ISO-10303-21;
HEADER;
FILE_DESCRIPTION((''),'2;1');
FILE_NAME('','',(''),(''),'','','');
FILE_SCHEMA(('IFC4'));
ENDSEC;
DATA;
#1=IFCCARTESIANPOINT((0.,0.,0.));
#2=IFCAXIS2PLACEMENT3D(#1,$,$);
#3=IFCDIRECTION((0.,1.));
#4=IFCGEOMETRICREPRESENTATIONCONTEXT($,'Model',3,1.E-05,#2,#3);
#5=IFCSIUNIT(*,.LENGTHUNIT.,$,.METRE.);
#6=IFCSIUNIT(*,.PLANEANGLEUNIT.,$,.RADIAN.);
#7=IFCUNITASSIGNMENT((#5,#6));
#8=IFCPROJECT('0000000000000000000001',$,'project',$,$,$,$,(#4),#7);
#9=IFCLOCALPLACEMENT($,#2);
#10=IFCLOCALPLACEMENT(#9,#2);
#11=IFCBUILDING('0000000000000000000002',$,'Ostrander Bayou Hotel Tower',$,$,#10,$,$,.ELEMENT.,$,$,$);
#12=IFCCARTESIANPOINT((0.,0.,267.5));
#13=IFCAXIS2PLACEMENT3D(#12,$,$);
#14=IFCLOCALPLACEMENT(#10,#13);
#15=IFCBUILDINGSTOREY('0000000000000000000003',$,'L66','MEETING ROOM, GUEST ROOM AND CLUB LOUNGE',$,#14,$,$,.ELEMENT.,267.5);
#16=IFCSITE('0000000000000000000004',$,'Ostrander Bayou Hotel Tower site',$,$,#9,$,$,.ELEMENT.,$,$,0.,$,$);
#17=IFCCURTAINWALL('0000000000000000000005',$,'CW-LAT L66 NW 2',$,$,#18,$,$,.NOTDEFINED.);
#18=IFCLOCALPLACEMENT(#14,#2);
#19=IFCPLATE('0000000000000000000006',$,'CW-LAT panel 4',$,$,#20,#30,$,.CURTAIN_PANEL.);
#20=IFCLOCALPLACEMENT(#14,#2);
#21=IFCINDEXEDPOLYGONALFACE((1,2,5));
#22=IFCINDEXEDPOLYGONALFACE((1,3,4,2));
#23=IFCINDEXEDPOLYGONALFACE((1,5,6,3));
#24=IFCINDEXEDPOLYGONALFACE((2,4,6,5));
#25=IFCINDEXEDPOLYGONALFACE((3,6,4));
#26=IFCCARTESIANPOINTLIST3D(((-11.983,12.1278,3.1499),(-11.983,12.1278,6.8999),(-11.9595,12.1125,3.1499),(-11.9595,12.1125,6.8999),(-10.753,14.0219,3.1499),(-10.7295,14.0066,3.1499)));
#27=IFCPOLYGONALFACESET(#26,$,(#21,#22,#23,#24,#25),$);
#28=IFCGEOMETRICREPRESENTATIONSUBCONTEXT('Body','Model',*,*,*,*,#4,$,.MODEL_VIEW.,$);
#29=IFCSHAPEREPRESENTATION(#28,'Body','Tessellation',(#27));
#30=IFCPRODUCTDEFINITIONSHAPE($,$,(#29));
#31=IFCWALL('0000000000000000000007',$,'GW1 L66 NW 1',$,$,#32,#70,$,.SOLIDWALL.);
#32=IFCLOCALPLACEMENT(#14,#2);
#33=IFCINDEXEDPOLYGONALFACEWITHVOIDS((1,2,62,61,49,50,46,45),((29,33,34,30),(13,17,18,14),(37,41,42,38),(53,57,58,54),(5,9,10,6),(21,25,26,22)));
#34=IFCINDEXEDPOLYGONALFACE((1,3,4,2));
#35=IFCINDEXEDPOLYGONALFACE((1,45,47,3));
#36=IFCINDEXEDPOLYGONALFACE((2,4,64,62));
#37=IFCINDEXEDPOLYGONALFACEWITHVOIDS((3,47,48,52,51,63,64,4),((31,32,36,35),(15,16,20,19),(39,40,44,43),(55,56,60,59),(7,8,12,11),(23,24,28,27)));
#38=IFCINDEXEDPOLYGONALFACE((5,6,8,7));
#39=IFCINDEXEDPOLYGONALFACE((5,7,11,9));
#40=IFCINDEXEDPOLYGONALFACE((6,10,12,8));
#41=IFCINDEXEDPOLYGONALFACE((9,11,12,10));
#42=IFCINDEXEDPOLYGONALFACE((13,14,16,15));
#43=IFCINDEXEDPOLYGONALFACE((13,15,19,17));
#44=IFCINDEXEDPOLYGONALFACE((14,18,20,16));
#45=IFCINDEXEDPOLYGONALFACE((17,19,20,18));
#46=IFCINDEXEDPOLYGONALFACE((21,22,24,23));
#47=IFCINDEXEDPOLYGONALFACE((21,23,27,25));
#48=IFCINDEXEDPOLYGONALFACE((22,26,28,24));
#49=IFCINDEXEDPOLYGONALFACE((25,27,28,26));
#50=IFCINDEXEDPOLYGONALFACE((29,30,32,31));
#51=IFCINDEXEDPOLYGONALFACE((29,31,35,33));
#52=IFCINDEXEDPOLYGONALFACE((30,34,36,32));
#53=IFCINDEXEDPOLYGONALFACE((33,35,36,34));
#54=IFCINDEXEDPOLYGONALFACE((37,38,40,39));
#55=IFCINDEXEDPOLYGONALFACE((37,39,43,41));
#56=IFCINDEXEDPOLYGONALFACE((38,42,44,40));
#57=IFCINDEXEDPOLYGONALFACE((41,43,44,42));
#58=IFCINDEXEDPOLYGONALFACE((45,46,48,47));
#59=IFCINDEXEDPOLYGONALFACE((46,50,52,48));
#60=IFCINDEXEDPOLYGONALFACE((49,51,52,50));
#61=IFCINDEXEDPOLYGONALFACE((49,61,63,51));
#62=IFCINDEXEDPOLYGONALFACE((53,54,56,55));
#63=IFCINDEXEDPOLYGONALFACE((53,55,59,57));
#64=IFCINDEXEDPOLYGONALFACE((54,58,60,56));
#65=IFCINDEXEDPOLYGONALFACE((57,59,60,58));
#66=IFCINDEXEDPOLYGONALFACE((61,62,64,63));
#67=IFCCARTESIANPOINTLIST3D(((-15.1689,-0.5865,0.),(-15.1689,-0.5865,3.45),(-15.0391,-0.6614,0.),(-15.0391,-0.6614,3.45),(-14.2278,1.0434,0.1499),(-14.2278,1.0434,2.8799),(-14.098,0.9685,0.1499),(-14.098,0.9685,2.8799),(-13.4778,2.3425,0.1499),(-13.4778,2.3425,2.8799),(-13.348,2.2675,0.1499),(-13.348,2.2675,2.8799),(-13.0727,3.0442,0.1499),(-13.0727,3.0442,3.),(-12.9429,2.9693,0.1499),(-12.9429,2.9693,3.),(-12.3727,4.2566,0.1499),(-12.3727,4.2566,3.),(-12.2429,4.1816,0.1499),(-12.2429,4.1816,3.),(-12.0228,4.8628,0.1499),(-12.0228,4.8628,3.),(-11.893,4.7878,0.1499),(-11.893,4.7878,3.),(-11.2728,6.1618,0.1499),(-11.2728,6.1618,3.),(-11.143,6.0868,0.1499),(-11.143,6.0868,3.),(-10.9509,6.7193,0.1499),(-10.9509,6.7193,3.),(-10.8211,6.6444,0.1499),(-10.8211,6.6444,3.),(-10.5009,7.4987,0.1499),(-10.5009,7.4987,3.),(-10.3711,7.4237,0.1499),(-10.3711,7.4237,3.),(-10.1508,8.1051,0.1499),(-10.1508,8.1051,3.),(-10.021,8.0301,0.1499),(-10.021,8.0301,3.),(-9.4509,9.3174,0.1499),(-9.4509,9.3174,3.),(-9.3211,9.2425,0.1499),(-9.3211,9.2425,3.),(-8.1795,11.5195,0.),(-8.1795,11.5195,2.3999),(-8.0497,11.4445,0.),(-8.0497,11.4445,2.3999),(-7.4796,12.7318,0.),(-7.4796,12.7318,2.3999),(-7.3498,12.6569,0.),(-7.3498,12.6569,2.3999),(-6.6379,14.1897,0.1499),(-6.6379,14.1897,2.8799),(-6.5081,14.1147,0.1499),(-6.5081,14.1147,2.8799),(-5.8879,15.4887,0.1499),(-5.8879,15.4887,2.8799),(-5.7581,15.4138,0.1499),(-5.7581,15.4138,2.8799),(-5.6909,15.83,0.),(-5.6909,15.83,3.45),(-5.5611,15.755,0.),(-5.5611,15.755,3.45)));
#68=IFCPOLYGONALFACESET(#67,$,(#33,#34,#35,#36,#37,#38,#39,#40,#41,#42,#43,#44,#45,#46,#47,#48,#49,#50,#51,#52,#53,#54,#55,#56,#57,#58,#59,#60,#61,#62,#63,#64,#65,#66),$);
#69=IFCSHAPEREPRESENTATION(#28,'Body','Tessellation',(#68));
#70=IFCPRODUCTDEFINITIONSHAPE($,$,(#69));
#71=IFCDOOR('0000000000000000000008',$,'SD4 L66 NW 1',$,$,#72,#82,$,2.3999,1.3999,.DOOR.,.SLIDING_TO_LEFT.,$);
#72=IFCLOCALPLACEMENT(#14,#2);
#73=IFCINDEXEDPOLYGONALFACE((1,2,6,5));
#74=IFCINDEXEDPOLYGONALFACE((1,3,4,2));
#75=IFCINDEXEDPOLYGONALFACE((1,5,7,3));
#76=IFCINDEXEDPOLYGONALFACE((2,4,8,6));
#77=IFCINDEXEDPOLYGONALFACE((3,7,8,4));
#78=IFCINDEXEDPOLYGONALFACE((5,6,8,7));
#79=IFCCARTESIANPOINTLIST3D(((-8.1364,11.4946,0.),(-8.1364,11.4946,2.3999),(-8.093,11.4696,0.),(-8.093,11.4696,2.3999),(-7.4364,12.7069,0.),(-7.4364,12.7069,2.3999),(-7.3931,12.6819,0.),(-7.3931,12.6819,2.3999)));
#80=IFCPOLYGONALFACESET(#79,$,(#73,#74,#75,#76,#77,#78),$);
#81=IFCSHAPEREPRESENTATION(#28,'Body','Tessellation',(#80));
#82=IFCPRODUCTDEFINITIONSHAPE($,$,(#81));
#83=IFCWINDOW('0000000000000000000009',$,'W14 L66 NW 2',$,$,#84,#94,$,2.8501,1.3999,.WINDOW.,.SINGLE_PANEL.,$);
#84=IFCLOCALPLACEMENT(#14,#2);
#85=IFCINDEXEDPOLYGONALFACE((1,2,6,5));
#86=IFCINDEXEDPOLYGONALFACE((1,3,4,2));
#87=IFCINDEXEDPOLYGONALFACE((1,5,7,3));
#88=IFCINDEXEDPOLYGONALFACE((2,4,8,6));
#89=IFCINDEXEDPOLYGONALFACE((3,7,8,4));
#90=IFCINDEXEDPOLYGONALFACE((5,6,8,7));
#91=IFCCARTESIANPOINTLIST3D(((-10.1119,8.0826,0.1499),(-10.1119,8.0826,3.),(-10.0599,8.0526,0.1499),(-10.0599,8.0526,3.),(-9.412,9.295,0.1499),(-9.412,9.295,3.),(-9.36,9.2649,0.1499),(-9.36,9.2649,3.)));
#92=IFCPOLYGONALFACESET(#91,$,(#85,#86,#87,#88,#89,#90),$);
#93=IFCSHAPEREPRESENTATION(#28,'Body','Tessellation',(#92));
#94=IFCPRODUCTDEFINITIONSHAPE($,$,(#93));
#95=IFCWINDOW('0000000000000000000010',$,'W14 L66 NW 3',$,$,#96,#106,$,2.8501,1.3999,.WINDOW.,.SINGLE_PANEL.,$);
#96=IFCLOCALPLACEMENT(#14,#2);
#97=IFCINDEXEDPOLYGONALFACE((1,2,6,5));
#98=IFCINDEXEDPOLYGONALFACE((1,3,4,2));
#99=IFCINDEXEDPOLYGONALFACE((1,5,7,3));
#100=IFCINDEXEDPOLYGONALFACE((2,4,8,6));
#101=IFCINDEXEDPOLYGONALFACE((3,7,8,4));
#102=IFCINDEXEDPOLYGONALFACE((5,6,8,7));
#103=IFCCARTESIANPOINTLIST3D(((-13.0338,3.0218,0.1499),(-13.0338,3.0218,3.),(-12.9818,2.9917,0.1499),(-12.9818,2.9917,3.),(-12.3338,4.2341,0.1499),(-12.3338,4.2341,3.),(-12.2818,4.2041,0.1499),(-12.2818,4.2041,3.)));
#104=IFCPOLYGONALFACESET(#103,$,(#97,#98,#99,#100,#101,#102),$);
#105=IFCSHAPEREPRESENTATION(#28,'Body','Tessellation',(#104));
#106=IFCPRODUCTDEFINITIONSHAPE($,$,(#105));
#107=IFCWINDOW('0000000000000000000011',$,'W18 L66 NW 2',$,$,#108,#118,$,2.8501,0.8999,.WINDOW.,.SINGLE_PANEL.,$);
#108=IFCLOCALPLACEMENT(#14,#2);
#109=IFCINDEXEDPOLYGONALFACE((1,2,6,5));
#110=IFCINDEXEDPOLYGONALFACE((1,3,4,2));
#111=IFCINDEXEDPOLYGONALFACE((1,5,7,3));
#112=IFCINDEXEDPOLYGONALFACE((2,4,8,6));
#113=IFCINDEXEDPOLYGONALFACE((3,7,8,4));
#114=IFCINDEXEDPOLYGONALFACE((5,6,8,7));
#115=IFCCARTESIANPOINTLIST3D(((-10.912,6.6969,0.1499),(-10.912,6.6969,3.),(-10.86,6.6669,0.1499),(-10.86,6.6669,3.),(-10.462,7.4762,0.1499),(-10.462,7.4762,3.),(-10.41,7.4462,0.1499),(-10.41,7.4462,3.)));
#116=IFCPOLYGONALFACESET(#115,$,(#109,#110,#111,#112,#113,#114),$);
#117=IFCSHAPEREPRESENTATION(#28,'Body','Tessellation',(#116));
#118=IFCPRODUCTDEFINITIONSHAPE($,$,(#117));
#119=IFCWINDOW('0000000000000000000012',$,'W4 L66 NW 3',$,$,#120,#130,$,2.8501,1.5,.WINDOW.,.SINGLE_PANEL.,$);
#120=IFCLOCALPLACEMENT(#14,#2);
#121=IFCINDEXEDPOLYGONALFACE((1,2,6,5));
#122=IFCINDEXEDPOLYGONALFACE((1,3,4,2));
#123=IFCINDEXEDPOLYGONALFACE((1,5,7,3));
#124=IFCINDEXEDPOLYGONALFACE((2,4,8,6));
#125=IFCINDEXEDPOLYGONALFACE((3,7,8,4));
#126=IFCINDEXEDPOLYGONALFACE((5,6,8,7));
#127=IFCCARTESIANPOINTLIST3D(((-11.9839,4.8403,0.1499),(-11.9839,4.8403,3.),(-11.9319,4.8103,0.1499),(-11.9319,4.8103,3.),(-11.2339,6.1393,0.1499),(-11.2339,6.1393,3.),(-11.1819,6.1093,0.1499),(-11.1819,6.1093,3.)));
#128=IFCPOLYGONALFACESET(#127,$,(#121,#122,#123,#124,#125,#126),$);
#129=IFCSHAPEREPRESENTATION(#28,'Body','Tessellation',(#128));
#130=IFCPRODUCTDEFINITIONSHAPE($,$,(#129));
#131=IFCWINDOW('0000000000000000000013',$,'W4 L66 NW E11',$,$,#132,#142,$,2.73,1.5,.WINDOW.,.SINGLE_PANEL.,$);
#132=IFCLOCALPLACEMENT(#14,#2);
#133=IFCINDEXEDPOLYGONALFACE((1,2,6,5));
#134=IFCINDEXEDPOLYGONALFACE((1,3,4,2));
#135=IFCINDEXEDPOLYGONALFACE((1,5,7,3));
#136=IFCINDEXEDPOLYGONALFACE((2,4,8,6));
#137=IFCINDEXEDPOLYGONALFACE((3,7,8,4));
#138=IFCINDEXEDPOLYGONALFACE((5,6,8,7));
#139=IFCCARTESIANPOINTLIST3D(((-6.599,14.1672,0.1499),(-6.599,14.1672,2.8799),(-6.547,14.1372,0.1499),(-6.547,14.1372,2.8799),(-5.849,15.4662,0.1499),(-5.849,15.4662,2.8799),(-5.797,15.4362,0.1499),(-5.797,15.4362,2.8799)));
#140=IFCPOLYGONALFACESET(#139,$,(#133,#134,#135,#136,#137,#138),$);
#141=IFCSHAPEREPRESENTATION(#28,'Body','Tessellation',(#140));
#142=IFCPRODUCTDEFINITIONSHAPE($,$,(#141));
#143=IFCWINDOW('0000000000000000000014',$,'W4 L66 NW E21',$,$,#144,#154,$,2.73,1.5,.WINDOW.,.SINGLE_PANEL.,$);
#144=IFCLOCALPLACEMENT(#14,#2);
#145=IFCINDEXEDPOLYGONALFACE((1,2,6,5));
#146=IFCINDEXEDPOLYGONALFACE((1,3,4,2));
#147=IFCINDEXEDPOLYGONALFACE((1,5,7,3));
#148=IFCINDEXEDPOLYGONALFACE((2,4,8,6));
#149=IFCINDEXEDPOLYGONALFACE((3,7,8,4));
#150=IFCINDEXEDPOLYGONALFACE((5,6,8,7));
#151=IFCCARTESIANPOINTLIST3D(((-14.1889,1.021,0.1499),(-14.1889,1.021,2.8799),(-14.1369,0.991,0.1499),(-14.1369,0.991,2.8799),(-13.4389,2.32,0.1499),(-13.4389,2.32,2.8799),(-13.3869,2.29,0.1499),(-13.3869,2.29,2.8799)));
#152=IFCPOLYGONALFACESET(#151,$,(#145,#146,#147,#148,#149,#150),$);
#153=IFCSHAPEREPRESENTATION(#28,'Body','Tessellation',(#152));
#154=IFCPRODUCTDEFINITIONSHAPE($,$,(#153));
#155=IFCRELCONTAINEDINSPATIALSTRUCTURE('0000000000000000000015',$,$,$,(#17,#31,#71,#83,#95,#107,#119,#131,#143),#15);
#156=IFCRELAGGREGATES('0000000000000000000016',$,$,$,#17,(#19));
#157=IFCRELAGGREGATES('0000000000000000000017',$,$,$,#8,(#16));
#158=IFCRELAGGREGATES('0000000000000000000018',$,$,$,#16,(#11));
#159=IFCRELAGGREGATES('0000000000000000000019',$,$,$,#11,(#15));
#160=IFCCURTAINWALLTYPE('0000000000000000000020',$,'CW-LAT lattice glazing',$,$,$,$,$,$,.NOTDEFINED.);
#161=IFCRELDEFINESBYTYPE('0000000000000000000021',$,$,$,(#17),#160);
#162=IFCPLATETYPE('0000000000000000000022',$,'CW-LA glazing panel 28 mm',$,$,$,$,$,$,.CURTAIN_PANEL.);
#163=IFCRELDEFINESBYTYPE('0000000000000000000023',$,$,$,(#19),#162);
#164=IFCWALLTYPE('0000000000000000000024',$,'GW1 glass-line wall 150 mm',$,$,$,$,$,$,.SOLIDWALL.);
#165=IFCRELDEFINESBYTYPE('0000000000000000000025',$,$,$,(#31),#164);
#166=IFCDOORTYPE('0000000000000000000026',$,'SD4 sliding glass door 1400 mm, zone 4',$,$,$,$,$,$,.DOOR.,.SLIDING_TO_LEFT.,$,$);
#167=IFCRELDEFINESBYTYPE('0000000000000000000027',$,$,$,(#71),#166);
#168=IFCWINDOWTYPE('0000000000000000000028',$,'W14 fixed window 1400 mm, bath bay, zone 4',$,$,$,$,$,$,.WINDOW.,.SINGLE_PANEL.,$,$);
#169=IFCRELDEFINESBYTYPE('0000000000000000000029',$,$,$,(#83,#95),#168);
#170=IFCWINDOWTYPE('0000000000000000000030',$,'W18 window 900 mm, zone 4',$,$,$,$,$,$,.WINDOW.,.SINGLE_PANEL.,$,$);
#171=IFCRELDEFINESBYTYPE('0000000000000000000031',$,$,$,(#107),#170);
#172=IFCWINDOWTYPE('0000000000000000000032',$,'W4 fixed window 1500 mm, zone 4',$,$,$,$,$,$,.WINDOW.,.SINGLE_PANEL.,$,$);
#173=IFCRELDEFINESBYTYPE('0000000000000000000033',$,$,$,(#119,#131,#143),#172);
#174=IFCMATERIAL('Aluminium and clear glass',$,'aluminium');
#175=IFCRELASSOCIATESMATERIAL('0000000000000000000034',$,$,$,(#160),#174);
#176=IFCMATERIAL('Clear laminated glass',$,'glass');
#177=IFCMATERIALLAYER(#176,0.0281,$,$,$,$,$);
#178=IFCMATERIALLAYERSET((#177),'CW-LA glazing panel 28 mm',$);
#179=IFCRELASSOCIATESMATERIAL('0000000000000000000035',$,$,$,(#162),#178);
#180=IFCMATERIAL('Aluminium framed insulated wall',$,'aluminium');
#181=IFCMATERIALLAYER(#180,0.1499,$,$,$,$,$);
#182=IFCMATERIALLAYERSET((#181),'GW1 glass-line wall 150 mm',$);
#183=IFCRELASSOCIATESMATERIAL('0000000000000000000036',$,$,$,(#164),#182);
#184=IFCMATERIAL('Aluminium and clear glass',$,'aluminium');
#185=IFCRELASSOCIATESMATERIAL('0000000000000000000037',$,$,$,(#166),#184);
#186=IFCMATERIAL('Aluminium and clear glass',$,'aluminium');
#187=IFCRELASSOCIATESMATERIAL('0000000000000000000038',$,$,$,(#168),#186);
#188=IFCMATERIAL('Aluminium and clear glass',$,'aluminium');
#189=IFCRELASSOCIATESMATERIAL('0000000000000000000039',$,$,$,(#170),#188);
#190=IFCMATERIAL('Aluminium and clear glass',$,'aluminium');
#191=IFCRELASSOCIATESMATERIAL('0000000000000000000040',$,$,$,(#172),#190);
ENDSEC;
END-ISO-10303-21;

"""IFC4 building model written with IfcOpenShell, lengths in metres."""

from ifc_helpers import new_model, si_unit, direction, frame, frame_2d, origin, place, context, subcontext, project, spatial, polyline, rectangle, outline, extrude, material, layer, layer_set, type_object, element, fill, aggregate, save


model = new_model("IFC4")

# Units and contexts
model_context = context("Model", 3, precision=1e-05, world=origin(), true_north=direction((0.0, 1.0)))
body_context = subcontext(model_context, "Body", "Model", "MODEL_VIEW")
ifc_project = project(units=[si_unit("LENGTHUNIT", "METRE"), si_unit("PLANEANGLEUNIT", "RADIAN")], contexts=[model_context])

# Site, building, storey
site_placement = place(None, origin())
site = spatial("IfcSite", under=ifc_project, at=site_placement, Name="Ostrander Bayou Hotel Tower site", CompositionType="ELEMENT", RefElevation=0.0)
building_placement = place(site_placement, origin())
building = spatial("IfcBuilding", under=site, at=building_placement, Name="Ostrander Bayou Hotel Tower", CompositionType="ELEMENT")
storey_placement = place(building_placement, frame((0.0, 0.0, 267.5)))
storey = spatial("IfcBuildingStorey", under=building, at=storey_placement, Name="L66", Description="MEETING ROOM, GUEST ROOM AND CLUB LOUNGE", CompositionType="ELEMENT", Elevation=267.5)

# Shared definitions
ifc_material_1 = material(Name="Aluminium and clear glass", Category="aluminium")
curtain_wall_type = type_object("IfcCurtainWallType", Name="CW-LAT lattice glazing", PredefinedType="NOTDEFINED", material=ifc_material_1)

# Curtain wall
curtain_wall_1_placement = place(storey_placement, origin())
curtain_wall_1 = element("IfcCurtainWall", 1, at=curtain_wall_1_placement, inside=storey, type_object=curtain_wall_type, Name="CW-LAT L66 NW 2", PredefinedType="NOTDEFINED")

# Shared definitions
ifc_material_2 = material(Name="Clear laminated glass", Category="glass")
ifc_layer_1 = layer(ifc_material_2, 0.0281)
ifc_layer_set_1 = layer_set([ifc_layer_1], Name="CW-LA glazing panel 28 mm")
plate_type = type_object("IfcPlateType", Name="CW-LA glazing panel 28 mm", PredefinedType="CURTAIN_PANEL", material=ifc_layer_set_1)

# Plate
plate_1_placement = place(storey_placement, frame((-10.7295, 14.0066, 3.1499), z_axis=(0.838676, -0.544631, 0.0), x_axis=(-0.280976, -0.432674, 0.856648)))
plate_1 = element("IfcPlate", 2, at=plate_1_placement, type_object=plate_type, Name="CW-LAT panel 4", PredefinedType="CURTAIN_PANEL", context=body_context, shape_type="SweptSolid", body=[
    extrude(outline(polyline([(0.0, 0.0), (4.3775, 0.0), (1.1651, 1.9346), (0.0, 0.0)])), origin(), (0.0, 0.0, -1.0), 0.0281),
])
aggregate(curtain_wall_1, [plate_1])

# Wall, openings, door, windows
ifc_material_3 = material(Name="Aluminium framed insulated wall", Category="aluminium")
ifc_layer_2 = layer(ifc_material_3, 0.1499)
ifc_layer_set_2 = layer_set([ifc_layer_2], Name="GW1 glass-line wall 150 mm")
wall_type_1 = type_object("IfcWallType", Name="GW1 glass-line wall 150 mm", PredefinedType="SOLIDWALL", material=ifc_layer_set_2)
wall_1_placement = place(storey_placement, frame((-5.626, 15.7925, 0.0), z_axis=(0.0, 0.0, 1.0), x_axis=(-0.499998, -0.866026, 0.0)))
wall_1 = element("IfcWall", 3, at=wall_1_placement, inside=storey, type_object=wall_type_1, Name="GW1 L66 NW 1", PredefinedType="SOLIDWALL", context=body_context, shape_type="SweptSolid", body=[
    extrude(rectangle(XDim=18.9561, YDim=0.1499, at=frame_2d((9.478, 0.0))), origin(), (0.0, 0.0, 1.0), 3.45),
])
opening_1_placement = place(wall_1_placement, frame((3.5774, 0.0, 0.0)))
opening_1 = element("IfcOpeningElement", 4, at=opening_1_placement, cuts=wall_1, PredefinedType="OPENING", context=body_context, shape_type="SweptSolid", body=[
    extrude(rectangle(XDim=1.3999, YDim=2.3999, at=frame_2d((0.7, 1.2))), frame((0.0, 0.075, 0.0), z_axis=(0.0, -1.0, 0.0), x_axis=(1.0, 0.0, 0.0)), (0.0, 0.0, 1.0), 0.1499),
])
opening_2_placement = place(wall_1_placement, frame((9.6201, 0.0, 0.1499)))
opening_2 = element("IfcOpeningElement", 5, at=opening_2_placement, cuts=wall_1, PredefinedType="OPENING", context=body_context, shape_type="SweptSolid", body=[
    extrude(rectangle(XDim=0.8999, YDim=2.8501, at=frame_2d((0.45, 1.425))), frame((0.0, 0.075, 0.0), z_axis=(0.0, -1.0, 0.0), x_axis=(1.0, 0.0, 0.0)), (0.0, 0.0, 1.0), 0.1499),
])
opening_3_placement = place(wall_1_placement, frame((7.52, 0.0, 0.1499)))
opening_3 = element("IfcOpeningElement", 6, at=opening_3_placement, cuts=wall_1, PredefinedType="OPENING", context=body_context, shape_type="SweptSolid", body=[
    extrude(rectangle(XDim=1.3999, YDim=2.8501, at=frame_2d((0.7, 1.425))), frame((0.0, 0.075, 0.0), z_axis=(0.0, -1.0, 0.0), x_axis=(1.0, 0.0, 0.0)), (0.0, 0.0, 1.0), 0.1499),
])
opening_4_placement = place(wall_1_placement, frame((11.1638, 0.0, 0.1499)))
opening_4 = element("IfcOpeningElement", 7, at=opening_4_placement, cuts=wall_1, PredefinedType="OPENING", context=body_context, shape_type="SweptSolid", body=[
    extrude(rectangle(XDim=1.5, YDim=2.8501, at=frame_2d((0.75, 1.425))), frame((0.0, 0.075, 0.0), z_axis=(0.0, -1.0, 0.0), x_axis=(1.0, 0.0, 0.0)), (0.0, 0.0, 1.0), 0.1499),
])
opening_5_placement = place(wall_1_placement, frame((13.3638, 0.0, 0.1499)))
opening_5 = element("IfcOpeningElement", 8, at=opening_5_placement, cuts=wall_1, PredefinedType="OPENING", context=body_context, shape_type="SweptSolid", body=[
    extrude(rectangle(XDim=1.3999, YDim=2.8501, at=frame_2d((0.7, 1.425))), frame((0.0, 0.075, 0.0), z_axis=(0.0, -1.0, 0.0), x_axis=(1.0, 0.0, 0.0)), (0.0, 0.0, 1.0), 0.1499),
])
opening_6_placement = place(wall_1_placement, frame((0.394, 0.0, 0.1499)))
opening_6 = element("IfcOpeningElement", 9, at=opening_6_placement, cuts=wall_1, PredefinedType="OPENING", context=body_context, shape_type="SweptSolid", body=[
    extrude(rectangle(XDim=1.5, YDim=2.73, at=frame_2d((0.75, 1.365))), frame((0.0, 0.075, 0.0), z_axis=(0.0, -1.0, 0.0), x_axis=(1.0, 0.0, 0.0)), (0.0, 0.0, 1.0), 0.1499),
])
opening_7_placement = place(wall_1_placement, frame((15.574, 0.0, 0.1499)))
opening_7 = element("IfcOpeningElement", 10, at=opening_7_placement, cuts=wall_1, PredefinedType="OPENING", context=body_context, shape_type="SweptSolid", body=[
    extrude(rectangle(XDim=1.5, YDim=2.73, at=frame_2d((0.75, 1.365))), frame((0.0, 0.075, 0.0), z_axis=(0.0, -1.0, 0.0), x_axis=(1.0, 0.0, 0.0)), (0.0, 0.0, 1.0), 0.1499),
])
ifc_material_4 = material(Name="Aluminium and clear glass", Category="aluminium")
door_type = type_object("IfcDoorType", Name="SD4 sliding glass door 1400 mm, zone 4", OperationType="SLIDING_TO_LEFT", PredefinedType="DOOR", material=ifc_material_4)
door_placement = place(opening_1_placement, origin())
door = element("IfcDoor", 11, at=door_placement, inside=storey, type_object=door_type, Name="SD4 L66 NW 1", OperationType="SLIDING_TO_LEFT", OverallHeight=2.3999, OverallWidth=1.3999, PredefinedType="DOOR", context=body_context, shape_type="SweptSolid", body=[
    extrude(rectangle(XDim=1.3999, YDim=2.3999, at=frame_2d((0.7, 1.2))), frame((0.0, 0.0249, 0.0), z_axis=(0.0, -1.0, 0.0), x_axis=(1.0, 0.0, 0.0)), (0.0, 0.0, 1.0), 0.05),
])
fill(opening_1, door)
ifc_material_5 = material(Name="Aluminium and clear glass", Category="aluminium")
window_type_1 = type_object("IfcWindowType", Name="W14 fixed window 1400 mm, bath bay, zone 4", PartitioningType="SINGLE_PANEL", PredefinedType="WINDOW", material=ifc_material_5)
window_1_placement = place(opening_3_placement, origin())
window_1 = element("IfcWindow", 12, at=window_1_placement, inside=storey, type_object=window_type_1, Name="W14 L66 NW 2", OverallHeight=2.8501, OverallWidth=1.3999, PartitioningType="SINGLE_PANEL", PredefinedType="WINDOW", context=body_context, shape_type="SweptSolid", body=[
    extrude(rectangle(XDim=1.3999, YDim=2.8501, at=frame_2d((0.7, 1.425))), frame((0.0, 0.03, 0.0), z_axis=(0.0, -1.0, 0.0), x_axis=(1.0, 0.0, 0.0)), (0.0, 0.0, 1.0), 0.0601),
])
fill(opening_3, window_1)
window_2_placement = place(opening_5_placement, origin())
window_2 = element("IfcWindow", 13, at=window_2_placement, inside=storey, type_object=window_type_1, Name="W14 L66 NW 3", OverallHeight=2.8501, OverallWidth=1.3999, PartitioningType="SINGLE_PANEL", PredefinedType="WINDOW", context=body_context, shape_type="SweptSolid", body=[
    extrude(rectangle(XDim=1.3999, YDim=2.8501, at=frame_2d((0.7, 1.425))), frame((0.0, 0.03, 0.0), z_axis=(0.0, -1.0, 0.0), x_axis=(1.0, 0.0, 0.0)), (0.0, 0.0, 1.0), 0.0601),
])
fill(opening_5, window_2)
ifc_material_6 = material(Name="Aluminium and clear glass", Category="aluminium")
window_type_2 = type_object("IfcWindowType", Name="W18 window 900 mm, zone 4", PartitioningType="SINGLE_PANEL", PredefinedType="WINDOW", material=ifc_material_6)
window_3_placement = place(opening_2_placement, origin())
window_3 = element("IfcWindow", 14, at=window_3_placement, inside=storey, type_object=window_type_2, Name="W18 L66 NW 2", OverallHeight=2.8501, OverallWidth=0.8999, PartitioningType="SINGLE_PANEL", PredefinedType="WINDOW", context=body_context, shape_type="SweptSolid", body=[
    extrude(rectangle(XDim=0.8999, YDim=2.8501, at=frame_2d((0.45, 1.425))), frame((0.0, 0.03, 0.0), z_axis=(0.0, -1.0, 0.0), x_axis=(1.0, 0.0, 0.0)), (0.0, 0.0, 1.0), 0.0601),
])
fill(opening_2, window_3)
ifc_material_7 = material(Name="Aluminium and clear glass", Category="aluminium")
window_type_3 = type_object("IfcWindowType", Name="W4 fixed window 1500 mm, zone 4", PartitioningType="SINGLE_PANEL", PredefinedType="WINDOW", material=ifc_material_7)
window_4_placement = place(opening_4_placement, origin())
window_4 = element("IfcWindow", 15, at=window_4_placement, inside=storey, type_object=window_type_3, Name="W4 L66 NW 3", OverallHeight=2.8501, OverallWidth=1.5, PartitioningType="SINGLE_PANEL", PredefinedType="WINDOW", context=body_context, shape_type="SweptSolid", body=[
    extrude(rectangle(XDim=1.5, YDim=2.8501, at=frame_2d((0.75, 1.425))), frame((0.0, 0.03, 0.0), z_axis=(0.0, -1.0, 0.0), x_axis=(1.0, 0.0, 0.0)), (0.0, 0.0, 1.0), 0.0601),
])
fill(opening_4, window_4)
window_5_placement = place(opening_6_placement, origin())
window_5 = element("IfcWindow", 16, at=window_5_placement, inside=storey, type_object=window_type_3, Name="W4 L66 NW E11", OverallHeight=2.73, OverallWidth=1.5, PartitioningType="SINGLE_PANEL", PredefinedType="WINDOW", context=body_context, shape_type="SweptSolid", body=[
    extrude(rectangle(XDim=1.5, YDim=2.73, at=frame_2d((0.75, 1.365))), frame((0.0, 0.03, 0.0), z_axis=(0.0, -1.0, 0.0), x_axis=(1.0, 0.0, 0.0)), (0.0, 0.0, 1.0), 0.0601),
])
fill(opening_6, window_5)
window_6_placement = place(opening_7_placement, origin())
window_6 = element("IfcWindow", 17, at=window_6_placement, inside=storey, type_object=window_type_3, Name="W4 L66 NW E21", OverallHeight=2.73, OverallWidth=1.5, PartitioningType="SINGLE_PANEL", PredefinedType="WINDOW", context=body_context, shape_type="SweptSolid", body=[
    extrude(rectangle(XDim=1.5, YDim=2.73, at=frame_2d((0.75, 1.365))), frame((0.0, 0.03, 0.0), z_axis=(0.0, -1.0, 0.0), x_axis=(1.0, 0.0, 0.0)), (0.0, 0.0, 1.0), 0.0601),
])
fill(opening_7, window_6)

save(model, "model.ifc")
